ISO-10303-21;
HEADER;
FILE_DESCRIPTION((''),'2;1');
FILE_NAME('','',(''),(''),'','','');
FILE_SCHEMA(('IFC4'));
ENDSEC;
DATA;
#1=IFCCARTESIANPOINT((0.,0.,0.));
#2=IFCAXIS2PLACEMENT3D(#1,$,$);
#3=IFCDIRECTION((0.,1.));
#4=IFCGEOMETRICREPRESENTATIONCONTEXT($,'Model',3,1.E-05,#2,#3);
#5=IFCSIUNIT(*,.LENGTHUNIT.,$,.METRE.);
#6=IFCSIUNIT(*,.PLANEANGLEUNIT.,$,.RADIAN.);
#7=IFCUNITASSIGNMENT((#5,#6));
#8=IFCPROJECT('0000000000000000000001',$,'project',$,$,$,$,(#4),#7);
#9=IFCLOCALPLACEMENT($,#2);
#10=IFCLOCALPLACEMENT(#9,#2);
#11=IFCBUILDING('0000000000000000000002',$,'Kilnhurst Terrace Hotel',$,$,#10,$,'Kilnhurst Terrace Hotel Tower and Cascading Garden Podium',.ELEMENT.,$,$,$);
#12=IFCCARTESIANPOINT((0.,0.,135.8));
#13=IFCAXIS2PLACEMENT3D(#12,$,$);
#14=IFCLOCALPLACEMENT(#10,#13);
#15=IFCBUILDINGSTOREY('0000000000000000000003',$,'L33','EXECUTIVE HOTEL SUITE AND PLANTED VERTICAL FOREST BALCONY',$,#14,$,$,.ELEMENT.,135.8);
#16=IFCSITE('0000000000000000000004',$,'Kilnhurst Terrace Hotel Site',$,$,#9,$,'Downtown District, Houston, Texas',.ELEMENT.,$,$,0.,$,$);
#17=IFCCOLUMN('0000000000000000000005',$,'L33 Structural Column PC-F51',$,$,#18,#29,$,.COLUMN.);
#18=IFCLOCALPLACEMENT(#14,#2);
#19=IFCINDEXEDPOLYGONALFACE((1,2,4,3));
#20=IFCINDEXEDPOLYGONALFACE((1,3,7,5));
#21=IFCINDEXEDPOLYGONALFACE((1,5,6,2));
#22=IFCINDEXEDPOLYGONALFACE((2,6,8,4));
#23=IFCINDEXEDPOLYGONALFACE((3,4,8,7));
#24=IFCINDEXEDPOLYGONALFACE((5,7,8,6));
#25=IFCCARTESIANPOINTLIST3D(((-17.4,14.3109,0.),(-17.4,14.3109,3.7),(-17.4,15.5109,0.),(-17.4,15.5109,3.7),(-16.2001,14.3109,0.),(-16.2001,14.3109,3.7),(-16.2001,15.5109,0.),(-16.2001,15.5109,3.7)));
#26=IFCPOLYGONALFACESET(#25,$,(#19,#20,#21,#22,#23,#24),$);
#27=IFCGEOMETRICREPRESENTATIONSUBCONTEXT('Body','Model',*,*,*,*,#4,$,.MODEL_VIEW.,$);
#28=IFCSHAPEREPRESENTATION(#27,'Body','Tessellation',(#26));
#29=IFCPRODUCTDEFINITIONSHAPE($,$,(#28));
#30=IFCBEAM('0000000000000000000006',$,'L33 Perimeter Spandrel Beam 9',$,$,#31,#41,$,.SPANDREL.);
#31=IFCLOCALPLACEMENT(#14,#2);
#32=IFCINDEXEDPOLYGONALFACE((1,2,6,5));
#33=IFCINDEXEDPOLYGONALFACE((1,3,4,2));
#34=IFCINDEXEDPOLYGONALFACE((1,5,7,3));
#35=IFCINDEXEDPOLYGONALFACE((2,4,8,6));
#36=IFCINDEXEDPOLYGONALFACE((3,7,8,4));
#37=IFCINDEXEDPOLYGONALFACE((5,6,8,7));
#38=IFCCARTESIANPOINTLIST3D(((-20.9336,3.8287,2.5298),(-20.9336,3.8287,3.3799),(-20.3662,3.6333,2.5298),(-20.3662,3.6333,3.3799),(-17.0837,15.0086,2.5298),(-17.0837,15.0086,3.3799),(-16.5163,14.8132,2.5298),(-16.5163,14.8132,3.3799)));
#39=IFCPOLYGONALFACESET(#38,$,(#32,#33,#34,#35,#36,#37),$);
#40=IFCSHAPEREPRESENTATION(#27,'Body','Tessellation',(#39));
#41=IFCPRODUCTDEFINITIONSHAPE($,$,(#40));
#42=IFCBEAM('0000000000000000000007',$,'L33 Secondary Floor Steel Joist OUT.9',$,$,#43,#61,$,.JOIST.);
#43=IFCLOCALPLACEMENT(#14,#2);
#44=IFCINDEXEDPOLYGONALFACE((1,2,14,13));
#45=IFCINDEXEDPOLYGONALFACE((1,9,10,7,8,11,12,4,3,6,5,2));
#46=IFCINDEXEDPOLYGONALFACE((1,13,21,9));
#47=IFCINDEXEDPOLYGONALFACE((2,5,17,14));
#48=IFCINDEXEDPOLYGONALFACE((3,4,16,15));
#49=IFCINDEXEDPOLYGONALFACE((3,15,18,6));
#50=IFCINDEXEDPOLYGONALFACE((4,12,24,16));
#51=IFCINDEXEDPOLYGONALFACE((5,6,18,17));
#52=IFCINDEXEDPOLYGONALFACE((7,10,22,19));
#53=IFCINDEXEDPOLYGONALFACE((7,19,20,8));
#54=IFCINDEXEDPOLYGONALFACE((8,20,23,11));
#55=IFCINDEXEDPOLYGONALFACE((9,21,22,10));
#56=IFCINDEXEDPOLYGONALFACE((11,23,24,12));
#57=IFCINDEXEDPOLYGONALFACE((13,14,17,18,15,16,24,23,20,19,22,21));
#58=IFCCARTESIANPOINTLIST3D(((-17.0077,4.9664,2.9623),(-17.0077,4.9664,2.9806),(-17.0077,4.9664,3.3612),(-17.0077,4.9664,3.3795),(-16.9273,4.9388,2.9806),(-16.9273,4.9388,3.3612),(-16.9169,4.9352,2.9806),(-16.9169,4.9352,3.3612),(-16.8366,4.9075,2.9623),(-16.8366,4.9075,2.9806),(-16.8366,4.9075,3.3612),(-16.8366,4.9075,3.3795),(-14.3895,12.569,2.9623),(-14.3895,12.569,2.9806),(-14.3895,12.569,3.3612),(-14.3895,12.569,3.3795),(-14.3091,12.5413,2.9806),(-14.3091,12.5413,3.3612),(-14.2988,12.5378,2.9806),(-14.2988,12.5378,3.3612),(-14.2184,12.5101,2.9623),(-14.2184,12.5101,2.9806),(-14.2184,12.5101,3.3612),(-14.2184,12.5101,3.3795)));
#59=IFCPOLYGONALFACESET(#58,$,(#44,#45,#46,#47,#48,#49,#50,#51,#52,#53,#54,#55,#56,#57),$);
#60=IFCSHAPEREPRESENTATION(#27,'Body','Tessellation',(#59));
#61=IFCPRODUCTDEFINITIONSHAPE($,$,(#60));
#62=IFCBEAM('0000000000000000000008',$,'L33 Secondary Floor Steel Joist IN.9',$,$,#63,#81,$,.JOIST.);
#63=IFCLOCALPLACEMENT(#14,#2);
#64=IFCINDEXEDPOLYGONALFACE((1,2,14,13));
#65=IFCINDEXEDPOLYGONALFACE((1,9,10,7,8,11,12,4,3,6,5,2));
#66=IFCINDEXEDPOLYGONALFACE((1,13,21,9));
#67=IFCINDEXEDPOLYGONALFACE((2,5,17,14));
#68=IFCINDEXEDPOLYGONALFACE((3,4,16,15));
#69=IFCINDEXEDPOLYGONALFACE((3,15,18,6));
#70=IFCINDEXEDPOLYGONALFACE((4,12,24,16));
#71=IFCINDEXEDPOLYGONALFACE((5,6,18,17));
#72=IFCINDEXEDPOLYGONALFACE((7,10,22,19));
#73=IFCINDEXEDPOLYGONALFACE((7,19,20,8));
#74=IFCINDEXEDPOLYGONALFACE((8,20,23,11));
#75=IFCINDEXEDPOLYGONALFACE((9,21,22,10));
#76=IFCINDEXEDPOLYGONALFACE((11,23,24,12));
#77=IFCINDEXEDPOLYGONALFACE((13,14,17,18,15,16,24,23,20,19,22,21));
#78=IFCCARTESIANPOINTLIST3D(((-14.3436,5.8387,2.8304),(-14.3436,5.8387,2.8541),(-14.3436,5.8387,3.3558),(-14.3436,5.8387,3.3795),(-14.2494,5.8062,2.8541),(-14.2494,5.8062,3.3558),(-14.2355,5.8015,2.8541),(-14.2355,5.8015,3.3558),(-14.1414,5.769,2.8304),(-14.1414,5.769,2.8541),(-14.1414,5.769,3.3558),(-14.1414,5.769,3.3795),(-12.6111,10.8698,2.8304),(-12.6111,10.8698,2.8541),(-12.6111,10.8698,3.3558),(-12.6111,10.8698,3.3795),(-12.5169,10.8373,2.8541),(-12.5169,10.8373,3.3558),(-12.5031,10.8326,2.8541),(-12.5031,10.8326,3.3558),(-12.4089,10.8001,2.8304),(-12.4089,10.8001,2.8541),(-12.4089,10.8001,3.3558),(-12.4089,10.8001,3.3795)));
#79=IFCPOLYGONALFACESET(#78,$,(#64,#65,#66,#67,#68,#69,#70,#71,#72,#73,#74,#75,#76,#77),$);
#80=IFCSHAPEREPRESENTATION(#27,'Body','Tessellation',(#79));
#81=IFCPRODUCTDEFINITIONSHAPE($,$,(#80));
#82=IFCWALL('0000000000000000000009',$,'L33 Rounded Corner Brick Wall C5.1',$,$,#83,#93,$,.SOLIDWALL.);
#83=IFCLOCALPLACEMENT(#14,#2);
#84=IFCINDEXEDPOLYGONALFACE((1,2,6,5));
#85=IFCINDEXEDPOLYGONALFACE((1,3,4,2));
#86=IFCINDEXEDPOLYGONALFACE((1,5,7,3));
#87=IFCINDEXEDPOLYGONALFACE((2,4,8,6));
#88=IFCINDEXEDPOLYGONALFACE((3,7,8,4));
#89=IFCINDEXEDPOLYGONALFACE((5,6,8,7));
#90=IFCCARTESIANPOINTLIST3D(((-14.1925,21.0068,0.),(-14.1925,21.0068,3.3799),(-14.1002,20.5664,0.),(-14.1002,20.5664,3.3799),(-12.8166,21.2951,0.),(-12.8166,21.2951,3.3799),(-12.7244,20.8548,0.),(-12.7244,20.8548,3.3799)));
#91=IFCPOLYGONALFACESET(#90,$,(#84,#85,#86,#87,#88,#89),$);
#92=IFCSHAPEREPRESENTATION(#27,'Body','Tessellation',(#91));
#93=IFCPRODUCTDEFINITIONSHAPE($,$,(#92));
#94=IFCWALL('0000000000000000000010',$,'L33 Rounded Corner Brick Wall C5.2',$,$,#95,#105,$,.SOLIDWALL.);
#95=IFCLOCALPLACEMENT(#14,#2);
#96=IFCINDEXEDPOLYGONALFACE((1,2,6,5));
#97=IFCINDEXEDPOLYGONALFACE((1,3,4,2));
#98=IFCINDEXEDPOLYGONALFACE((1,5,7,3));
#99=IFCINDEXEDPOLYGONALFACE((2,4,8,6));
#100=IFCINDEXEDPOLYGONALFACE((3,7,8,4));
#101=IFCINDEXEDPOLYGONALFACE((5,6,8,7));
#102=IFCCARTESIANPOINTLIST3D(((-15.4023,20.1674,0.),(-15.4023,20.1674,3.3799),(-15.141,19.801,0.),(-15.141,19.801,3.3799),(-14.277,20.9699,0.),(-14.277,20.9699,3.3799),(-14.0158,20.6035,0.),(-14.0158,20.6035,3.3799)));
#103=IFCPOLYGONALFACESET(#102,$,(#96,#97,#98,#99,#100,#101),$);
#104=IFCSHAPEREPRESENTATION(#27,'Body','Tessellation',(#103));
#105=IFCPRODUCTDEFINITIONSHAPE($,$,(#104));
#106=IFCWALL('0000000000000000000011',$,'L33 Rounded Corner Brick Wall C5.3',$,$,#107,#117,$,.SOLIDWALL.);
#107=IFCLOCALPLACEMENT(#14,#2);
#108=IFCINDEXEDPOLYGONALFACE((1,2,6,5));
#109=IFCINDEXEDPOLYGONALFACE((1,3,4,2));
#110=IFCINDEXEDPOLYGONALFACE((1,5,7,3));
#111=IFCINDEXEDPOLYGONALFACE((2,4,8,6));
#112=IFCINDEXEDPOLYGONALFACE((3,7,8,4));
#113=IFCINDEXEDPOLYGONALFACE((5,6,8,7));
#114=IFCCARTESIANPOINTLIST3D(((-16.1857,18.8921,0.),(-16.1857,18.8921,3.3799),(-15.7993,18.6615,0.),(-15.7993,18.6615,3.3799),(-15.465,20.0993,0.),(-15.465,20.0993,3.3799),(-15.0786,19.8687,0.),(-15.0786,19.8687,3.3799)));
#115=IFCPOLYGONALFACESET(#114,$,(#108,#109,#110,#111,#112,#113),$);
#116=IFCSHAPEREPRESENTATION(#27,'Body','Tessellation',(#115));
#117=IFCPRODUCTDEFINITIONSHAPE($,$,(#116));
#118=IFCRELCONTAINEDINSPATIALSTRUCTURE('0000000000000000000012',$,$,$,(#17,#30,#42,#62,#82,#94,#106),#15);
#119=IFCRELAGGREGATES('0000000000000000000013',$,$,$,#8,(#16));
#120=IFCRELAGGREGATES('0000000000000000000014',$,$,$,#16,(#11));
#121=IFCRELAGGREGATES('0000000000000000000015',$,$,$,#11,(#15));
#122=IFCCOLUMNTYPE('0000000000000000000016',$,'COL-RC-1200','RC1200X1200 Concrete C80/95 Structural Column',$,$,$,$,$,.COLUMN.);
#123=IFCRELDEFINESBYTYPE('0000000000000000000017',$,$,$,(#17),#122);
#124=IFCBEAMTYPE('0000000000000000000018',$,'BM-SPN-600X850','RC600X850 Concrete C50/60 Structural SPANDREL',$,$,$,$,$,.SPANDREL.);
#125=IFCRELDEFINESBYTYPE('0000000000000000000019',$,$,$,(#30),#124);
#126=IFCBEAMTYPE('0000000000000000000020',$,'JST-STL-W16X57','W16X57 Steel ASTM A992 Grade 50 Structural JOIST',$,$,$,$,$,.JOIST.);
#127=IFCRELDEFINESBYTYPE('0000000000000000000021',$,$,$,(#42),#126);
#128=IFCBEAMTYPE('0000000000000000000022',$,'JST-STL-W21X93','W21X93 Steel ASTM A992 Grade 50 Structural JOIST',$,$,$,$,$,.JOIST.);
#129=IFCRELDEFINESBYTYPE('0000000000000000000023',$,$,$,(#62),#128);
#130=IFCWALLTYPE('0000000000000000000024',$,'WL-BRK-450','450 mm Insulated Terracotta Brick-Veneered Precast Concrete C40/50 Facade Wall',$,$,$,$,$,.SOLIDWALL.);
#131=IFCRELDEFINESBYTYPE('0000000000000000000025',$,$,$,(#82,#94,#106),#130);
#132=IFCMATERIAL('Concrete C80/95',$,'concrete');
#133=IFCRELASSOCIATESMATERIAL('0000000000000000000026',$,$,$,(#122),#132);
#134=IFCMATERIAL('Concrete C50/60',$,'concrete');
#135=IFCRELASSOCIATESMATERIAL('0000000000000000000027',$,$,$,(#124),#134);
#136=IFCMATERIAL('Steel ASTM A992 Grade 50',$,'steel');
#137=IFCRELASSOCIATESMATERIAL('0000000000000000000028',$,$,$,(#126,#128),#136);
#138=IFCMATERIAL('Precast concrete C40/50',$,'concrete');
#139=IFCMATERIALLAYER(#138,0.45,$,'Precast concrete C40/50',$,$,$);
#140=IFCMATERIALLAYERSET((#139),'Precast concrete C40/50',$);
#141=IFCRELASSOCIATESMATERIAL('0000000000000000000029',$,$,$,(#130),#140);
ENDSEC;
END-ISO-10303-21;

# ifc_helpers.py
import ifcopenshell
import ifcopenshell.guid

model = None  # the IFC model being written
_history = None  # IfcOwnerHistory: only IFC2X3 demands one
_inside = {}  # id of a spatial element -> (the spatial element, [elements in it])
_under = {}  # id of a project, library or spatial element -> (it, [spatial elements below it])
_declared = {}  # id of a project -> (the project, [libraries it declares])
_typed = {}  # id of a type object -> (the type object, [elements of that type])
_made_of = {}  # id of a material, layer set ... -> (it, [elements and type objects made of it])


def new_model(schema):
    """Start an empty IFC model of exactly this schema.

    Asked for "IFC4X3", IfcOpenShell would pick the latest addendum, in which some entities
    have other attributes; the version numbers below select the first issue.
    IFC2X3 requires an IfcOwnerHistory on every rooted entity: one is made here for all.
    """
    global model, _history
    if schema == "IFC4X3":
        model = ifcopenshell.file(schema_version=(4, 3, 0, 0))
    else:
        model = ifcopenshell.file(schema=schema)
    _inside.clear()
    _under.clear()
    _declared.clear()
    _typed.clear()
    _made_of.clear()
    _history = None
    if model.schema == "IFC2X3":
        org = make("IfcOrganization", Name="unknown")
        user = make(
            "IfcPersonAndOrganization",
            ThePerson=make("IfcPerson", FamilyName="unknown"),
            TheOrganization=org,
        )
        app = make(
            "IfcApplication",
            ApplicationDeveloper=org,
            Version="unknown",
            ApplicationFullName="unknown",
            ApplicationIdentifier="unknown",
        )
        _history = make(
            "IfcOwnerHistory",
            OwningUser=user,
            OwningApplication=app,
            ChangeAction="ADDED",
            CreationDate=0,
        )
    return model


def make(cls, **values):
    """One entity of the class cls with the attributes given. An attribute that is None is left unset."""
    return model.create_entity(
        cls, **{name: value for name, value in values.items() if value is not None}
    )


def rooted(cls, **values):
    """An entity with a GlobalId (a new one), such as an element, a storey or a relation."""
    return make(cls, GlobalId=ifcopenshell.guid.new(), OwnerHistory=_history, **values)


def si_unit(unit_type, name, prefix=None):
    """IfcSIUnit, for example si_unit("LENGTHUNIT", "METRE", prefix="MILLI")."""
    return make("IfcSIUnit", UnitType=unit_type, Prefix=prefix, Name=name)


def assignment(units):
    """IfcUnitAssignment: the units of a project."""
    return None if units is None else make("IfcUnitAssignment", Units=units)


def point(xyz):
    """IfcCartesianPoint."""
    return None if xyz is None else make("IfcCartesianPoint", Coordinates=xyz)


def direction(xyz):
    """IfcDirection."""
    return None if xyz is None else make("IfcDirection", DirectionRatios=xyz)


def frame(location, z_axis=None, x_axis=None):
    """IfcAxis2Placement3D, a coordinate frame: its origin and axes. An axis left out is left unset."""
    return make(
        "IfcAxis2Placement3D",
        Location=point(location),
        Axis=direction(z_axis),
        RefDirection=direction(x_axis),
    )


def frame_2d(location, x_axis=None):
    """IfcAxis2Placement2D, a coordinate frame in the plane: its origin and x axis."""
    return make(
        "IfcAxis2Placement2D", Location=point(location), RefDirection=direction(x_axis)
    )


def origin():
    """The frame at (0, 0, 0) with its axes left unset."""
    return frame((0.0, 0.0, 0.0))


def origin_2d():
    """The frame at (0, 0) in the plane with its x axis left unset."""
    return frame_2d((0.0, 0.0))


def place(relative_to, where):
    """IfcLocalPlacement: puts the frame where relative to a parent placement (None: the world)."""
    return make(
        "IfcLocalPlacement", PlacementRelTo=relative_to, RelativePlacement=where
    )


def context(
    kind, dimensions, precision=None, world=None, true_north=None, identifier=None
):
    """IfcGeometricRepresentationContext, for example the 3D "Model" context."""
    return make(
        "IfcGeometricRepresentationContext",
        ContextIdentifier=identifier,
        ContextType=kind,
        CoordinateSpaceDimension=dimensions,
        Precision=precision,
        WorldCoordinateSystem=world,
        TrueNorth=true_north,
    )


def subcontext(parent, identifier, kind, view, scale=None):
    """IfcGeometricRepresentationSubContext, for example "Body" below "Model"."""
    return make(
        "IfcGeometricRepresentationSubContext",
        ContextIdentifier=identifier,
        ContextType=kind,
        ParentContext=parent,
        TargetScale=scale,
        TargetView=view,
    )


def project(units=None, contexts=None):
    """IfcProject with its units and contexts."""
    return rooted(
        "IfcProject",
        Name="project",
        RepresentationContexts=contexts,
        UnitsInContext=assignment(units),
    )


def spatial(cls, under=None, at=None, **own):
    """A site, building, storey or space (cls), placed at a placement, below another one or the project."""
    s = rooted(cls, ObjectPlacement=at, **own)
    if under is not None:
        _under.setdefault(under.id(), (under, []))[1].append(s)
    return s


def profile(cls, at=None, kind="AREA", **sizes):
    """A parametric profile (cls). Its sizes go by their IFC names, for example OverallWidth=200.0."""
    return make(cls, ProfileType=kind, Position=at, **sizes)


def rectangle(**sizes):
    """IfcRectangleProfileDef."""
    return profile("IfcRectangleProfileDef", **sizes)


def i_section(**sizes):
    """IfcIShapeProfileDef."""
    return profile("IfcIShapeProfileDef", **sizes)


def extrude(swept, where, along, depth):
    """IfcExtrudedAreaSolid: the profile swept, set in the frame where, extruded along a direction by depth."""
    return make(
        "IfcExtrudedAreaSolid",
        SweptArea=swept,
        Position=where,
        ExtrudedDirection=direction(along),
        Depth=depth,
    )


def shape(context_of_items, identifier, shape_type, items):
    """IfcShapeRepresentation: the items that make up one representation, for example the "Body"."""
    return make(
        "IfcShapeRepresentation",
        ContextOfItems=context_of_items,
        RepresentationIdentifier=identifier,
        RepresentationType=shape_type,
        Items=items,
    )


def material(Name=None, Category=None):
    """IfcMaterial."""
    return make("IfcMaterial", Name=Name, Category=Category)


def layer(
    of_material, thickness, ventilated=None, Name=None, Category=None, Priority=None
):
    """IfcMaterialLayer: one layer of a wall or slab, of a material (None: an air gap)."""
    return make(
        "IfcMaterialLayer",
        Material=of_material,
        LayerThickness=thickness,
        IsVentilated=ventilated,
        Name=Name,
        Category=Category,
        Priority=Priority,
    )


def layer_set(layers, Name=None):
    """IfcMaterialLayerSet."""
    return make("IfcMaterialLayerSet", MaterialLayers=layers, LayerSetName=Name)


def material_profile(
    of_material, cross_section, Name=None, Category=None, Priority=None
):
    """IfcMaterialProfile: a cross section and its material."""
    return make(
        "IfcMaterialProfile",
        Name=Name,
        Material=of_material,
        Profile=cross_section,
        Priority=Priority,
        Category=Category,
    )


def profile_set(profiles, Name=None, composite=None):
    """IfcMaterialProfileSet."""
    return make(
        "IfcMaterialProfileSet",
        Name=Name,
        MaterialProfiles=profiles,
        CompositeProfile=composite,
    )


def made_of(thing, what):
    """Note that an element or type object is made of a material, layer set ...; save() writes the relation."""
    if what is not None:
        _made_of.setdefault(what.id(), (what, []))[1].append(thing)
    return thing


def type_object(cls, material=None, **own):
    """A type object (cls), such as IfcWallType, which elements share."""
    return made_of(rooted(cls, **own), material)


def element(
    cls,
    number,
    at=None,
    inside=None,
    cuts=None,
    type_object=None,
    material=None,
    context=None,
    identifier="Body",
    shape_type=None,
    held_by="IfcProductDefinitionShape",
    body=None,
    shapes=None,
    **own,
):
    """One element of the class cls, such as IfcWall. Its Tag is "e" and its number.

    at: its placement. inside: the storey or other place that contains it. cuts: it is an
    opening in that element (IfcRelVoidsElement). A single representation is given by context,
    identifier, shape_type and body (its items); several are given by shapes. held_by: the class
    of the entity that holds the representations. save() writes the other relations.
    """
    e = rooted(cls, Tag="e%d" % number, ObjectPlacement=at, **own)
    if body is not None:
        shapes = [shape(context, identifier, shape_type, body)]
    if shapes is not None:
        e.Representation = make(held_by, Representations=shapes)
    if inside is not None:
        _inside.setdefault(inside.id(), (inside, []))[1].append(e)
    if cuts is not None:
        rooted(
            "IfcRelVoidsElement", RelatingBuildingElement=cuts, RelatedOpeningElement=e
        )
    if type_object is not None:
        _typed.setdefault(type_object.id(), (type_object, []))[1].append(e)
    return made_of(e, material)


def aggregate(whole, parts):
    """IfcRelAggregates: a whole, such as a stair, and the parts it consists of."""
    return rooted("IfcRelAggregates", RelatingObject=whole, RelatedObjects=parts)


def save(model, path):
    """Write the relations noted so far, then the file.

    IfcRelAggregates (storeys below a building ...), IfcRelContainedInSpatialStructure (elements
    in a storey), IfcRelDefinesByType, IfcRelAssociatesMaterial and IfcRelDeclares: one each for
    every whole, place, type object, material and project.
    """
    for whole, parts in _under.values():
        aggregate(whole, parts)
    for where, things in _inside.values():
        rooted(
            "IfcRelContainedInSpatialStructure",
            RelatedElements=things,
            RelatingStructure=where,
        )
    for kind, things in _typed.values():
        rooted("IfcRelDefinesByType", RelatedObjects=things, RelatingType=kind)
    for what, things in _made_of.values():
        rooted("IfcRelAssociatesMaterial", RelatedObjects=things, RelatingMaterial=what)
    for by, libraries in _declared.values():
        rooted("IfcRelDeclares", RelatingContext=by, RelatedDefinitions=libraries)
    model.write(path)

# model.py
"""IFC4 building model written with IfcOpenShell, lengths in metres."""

from ifc_helpers import new_model, si_unit, direction, frame, frame_2d, origin, origin_2d, place, context, subcontext, project, spatial, rectangle, i_section, extrude, material, layer, layer_set, material_profile, profile_set, type_object, element, save


model = new_model("IFC4")

# Units and contexts
model_context = context("Model", 3, precision=1e-05, world=origin(), true_north=direction((0.0, 1.0)))
body_context = subcontext(model_context, "Body", "Model", "MODEL_VIEW")
ifc_project = project(units=[si_unit("LENGTHUNIT", "METRE"), si_unit("PLANEANGLEUNIT", "RADIAN")], contexts=[model_context])

# Site, building, storey
site_placement = place(None, origin())
site = spatial("IfcSite", under=ifc_project, at=site_placement, Name="Kilnhurst Terrace Hotel Site", LongName="Downtown District, Houston, Texas", CompositionType="ELEMENT", RefElevation=0.0)
building_placement = place(site_placement, origin())
building = spatial("IfcBuilding", under=site, at=building_placement, Name="Kilnhurst Terrace Hotel", LongName="Kilnhurst Terrace Hotel Tower and Cascading Garden Podium", CompositionType="ELEMENT")
storey_placement = place(building_placement, frame((0.0, 0.0, 135.8)))
storey = spatial("IfcBuildingStorey", under=building, at=storey_placement, Name="L33", Description="EXECUTIVE HOTEL SUITE AND PLANTED VERTICAL FOREST BALCONY", CompositionType="ELEMENT", Elevation=135.8)

# Column
ifc_material_1 = material(Name="Concrete C80/95", Category="concrete")
ifc_material_profile_1 = material_profile(ifc_material_1, rectangle(XDim=1.2, YDim=1.2, at=origin_2d()), Name="RC1200X1200")
ifc_profile_set_1 = profile_set([ifc_material_profile_1], Name="Concrete C80/95")
column_type = type_object("IfcColumnType", Name="COL-RC-1200", Description="RC1200X1200 Concrete C80/95 Structural Column", PredefinedType="COLUMN", material=ifc_profile_set_1)
column_placement = place(storey_placement, frame((-16.8, 14.9109, 0.0), z_axis=(0.0, 0.0, 1.0), x_axis=(1.0, 0.0, 0.0)))
element("IfcColumn", 1, at=column_placement, inside=storey, type_object=column_type, Name="L33 Structural Column PC-F51", PredefinedType="COLUMN", context=body_context, shape_type="SweptSolid", body=[
    extrude(rectangle(XDim=1.2, YDim=1.2, at=origin_2d()), origin(), (0.0, 0.0, 1.0), 3.7),
])

# Beams
ifc_material_2 = material(Name="Concrete C50/60", Category="concrete")
ifc_material_profile_2 = material_profile(ifc_material_2, rectangle(XDim=0.6001, YDim=0.8501, at=origin_2d()), Name="RC600X850")
ifc_profile_set_2 = profile_set([ifc_material_profile_2], Name="Concrete C50/60")
beam_type_1 = type_object("IfcBeamType", Name="BM-SPN-600X850", Description="RC600X850 Concrete C50/60 Structural SPANDREL", PredefinedType="SPANDREL", material=ifc_profile_set_2)
beam_1_placement = place(storey_placement, frame((-16.8, 14.9109, 2.9548), z_axis=(-0.32559, -0.945511, 0.0), x_axis=(0.945511, -0.32559, 0.0)))
element("IfcBeam", 2, at=beam_1_placement, inside=storey, type_object=beam_type_1, Name="L33 Perimeter Spandrel Beam 9", PredefinedType="SPANDREL", context=body_context, shape_type="SweptSolid", body=[
    extrude(rectangle(XDim=0.6001, YDim=0.8501, at=origin_2d()), origin(), (0.0, 0.0, 1.0), 11.8242),
])
ifc_material_3 = material(Name="Steel ASTM A992 Grade 50", Category="steel")
ifc_material_profile_3 = material_profile(ifc_material_3, i_section(OverallWidth=0.1809, OverallDepth=0.4172, WebThickness=0.011, FlangeThickness=0.0183, at=origin_2d()), Name="W16X57")
ifc_profile_set_3 = profile_set([ifc_material_profile_3], Name="Steel ASTM A992 Grade 50")
beam_type_2 = type_object("IfcBeamType", Name="JST-STL-W16X57", Description="W16X57 Steel ASTM A992 Grade 50 Structural JOIST", PredefinedType="JOIST", material=ifc_profile_set_3)
beam_2_placement = place(storey_placement, frame((-14.304, 12.5396, 3.1709), z_axis=(-0.325613, -0.945503, 0.0), x_axis=(0.945503, -0.325613, 0.0)))
element("IfcBeam", 3, at=beam_2_placement, inside=storey, type_object=beam_type_2, Name="L33 Secondary Floor Steel Joist OUT.9", PredefinedType="JOIST", context=body_context, shape_type="SweptSolid", body=[
    extrude(i_section(OverallWidth=0.1809, OverallDepth=0.4172, WebThickness=0.011, FlangeThickness=0.0183, at=origin_2d()), origin(), (0.0, 0.0, 1.0), 8.0408),
])
ifc_material_profile_4 = material_profile(ifc_material_3, i_section(OverallWidth=0.2139, OverallDepth=0.5491, WebThickness=0.0146, FlangeThickness=0.0237, at=origin_2d()), Name="W21X93")
ifc_profile_set_4 = profile_set([ifc_material_profile_4], Name="Steel ASTM A992 Grade 50")
beam_type_3 = type_object("IfcBeamType", Name="JST-STL-W21X93", Description="W21X93 Steel ASTM A992 Grade 50 Structural JOIST", PredefinedType="JOIST", material=ifc_profile_set_4)
beam_3_placement = place(storey_placement, frame((-12.51, 10.835, 3.105), z_axis=(-0.325586, -0.945512, 0.0), x_axis=(0.945512, -0.325586, 0.0)))
element("IfcBeam", 4, at=beam_3_placement, inside=storey, type_object=beam_type_3, Name="L33 Secondary Floor Steel Joist IN.9", PredefinedType="JOIST", context=body_context, shape_type="SweptSolid", body=[
    extrude(i_section(OverallWidth=0.2139, OverallDepth=0.5491, WebThickness=0.0146, FlangeThickness=0.0237, at=origin_2d()), origin(), (0.0, 0.0, 1.0), 5.321),
])

# Walls
ifc_material_4 = material(Name="Precast concrete C40/50", Category="concrete")
ifc_layer_1 = layer(ifc_material_4, 0.45, Name="Precast concrete C40/50")
ifc_layer_set_1 = layer_set([ifc_layer_1], Name="Precast concrete C40/50")
wall_type_1 = type_object("IfcWallType", Name="WL-BRK-450", Description="450 mm Insulated Terracotta Brick-Veneered Precast Concrete C40/50 Facade Wall", PredefinedType="SOLIDWALL", material=ifc_layer_set_1)
wall_1_placement = place(storey_placement, frame((-12.7705, 21.075, 0.0), z_axis=(0.0, 0.0, 1.0), x_axis=(-0.978743, -0.205091, 0.0)))
element("IfcWall", 5, at=wall_1_placement, inside=storey, type_object=wall_type_1, Name="L33 Rounded Corner Brick Wall C5.1", PredefinedType="SOLIDWALL", context=body_context, shape_type="SweptSolid", body=[
    extrude(rectangle(XDim=1.4058, YDim=0.45, at=frame_2d((0.7029, 0.0))), origin(), (0.0, 0.0, 1.0), 3.3799),
])
wall_2_placement = place(storey_placement, frame((-14.1465, 20.7866, 0.0), z_axis=(0.0, 0.0, 1.0), x_axis=(-0.814163, -0.580636, 0.0)))
element("IfcWall", 6, at=wall_2_placement, inside=storey, type_object=wall_type_1, Name="L33 Rounded Corner Brick Wall C5.2", PredefinedType="SOLIDWALL", context=body_context, shape_type="SweptSolid", body=[
    extrude(rectangle(XDim=1.3821, YDim=0.45, at=frame_2d((0.6909, 0.0))), origin(), (0.0, 0.0, 1.0), 3.3799),
])
wall_3_placement = place(storey_placement, frame((-15.2717, 19.9841, 0.0), z_axis=(0.0, 0.0, 1.0), x_axis=(-0.512579, -0.85864, 0.0)))
element("IfcWall", 7, at=wall_3_placement, inside=storey, type_object=wall_type_1, Name="L33 Rounded Corner Brick Wall C5.3", PredefinedType="SOLIDWALL", context=body_context, shape_type="SweptSolid", body=[
    extrude(rectangle(XDim=1.406, YDim=0.45, at=frame_2d((0.7031, 0.0))), origin(), (0.0, 0.0, 1.0), 3.3799),
])

save(model, "model.ifc")
